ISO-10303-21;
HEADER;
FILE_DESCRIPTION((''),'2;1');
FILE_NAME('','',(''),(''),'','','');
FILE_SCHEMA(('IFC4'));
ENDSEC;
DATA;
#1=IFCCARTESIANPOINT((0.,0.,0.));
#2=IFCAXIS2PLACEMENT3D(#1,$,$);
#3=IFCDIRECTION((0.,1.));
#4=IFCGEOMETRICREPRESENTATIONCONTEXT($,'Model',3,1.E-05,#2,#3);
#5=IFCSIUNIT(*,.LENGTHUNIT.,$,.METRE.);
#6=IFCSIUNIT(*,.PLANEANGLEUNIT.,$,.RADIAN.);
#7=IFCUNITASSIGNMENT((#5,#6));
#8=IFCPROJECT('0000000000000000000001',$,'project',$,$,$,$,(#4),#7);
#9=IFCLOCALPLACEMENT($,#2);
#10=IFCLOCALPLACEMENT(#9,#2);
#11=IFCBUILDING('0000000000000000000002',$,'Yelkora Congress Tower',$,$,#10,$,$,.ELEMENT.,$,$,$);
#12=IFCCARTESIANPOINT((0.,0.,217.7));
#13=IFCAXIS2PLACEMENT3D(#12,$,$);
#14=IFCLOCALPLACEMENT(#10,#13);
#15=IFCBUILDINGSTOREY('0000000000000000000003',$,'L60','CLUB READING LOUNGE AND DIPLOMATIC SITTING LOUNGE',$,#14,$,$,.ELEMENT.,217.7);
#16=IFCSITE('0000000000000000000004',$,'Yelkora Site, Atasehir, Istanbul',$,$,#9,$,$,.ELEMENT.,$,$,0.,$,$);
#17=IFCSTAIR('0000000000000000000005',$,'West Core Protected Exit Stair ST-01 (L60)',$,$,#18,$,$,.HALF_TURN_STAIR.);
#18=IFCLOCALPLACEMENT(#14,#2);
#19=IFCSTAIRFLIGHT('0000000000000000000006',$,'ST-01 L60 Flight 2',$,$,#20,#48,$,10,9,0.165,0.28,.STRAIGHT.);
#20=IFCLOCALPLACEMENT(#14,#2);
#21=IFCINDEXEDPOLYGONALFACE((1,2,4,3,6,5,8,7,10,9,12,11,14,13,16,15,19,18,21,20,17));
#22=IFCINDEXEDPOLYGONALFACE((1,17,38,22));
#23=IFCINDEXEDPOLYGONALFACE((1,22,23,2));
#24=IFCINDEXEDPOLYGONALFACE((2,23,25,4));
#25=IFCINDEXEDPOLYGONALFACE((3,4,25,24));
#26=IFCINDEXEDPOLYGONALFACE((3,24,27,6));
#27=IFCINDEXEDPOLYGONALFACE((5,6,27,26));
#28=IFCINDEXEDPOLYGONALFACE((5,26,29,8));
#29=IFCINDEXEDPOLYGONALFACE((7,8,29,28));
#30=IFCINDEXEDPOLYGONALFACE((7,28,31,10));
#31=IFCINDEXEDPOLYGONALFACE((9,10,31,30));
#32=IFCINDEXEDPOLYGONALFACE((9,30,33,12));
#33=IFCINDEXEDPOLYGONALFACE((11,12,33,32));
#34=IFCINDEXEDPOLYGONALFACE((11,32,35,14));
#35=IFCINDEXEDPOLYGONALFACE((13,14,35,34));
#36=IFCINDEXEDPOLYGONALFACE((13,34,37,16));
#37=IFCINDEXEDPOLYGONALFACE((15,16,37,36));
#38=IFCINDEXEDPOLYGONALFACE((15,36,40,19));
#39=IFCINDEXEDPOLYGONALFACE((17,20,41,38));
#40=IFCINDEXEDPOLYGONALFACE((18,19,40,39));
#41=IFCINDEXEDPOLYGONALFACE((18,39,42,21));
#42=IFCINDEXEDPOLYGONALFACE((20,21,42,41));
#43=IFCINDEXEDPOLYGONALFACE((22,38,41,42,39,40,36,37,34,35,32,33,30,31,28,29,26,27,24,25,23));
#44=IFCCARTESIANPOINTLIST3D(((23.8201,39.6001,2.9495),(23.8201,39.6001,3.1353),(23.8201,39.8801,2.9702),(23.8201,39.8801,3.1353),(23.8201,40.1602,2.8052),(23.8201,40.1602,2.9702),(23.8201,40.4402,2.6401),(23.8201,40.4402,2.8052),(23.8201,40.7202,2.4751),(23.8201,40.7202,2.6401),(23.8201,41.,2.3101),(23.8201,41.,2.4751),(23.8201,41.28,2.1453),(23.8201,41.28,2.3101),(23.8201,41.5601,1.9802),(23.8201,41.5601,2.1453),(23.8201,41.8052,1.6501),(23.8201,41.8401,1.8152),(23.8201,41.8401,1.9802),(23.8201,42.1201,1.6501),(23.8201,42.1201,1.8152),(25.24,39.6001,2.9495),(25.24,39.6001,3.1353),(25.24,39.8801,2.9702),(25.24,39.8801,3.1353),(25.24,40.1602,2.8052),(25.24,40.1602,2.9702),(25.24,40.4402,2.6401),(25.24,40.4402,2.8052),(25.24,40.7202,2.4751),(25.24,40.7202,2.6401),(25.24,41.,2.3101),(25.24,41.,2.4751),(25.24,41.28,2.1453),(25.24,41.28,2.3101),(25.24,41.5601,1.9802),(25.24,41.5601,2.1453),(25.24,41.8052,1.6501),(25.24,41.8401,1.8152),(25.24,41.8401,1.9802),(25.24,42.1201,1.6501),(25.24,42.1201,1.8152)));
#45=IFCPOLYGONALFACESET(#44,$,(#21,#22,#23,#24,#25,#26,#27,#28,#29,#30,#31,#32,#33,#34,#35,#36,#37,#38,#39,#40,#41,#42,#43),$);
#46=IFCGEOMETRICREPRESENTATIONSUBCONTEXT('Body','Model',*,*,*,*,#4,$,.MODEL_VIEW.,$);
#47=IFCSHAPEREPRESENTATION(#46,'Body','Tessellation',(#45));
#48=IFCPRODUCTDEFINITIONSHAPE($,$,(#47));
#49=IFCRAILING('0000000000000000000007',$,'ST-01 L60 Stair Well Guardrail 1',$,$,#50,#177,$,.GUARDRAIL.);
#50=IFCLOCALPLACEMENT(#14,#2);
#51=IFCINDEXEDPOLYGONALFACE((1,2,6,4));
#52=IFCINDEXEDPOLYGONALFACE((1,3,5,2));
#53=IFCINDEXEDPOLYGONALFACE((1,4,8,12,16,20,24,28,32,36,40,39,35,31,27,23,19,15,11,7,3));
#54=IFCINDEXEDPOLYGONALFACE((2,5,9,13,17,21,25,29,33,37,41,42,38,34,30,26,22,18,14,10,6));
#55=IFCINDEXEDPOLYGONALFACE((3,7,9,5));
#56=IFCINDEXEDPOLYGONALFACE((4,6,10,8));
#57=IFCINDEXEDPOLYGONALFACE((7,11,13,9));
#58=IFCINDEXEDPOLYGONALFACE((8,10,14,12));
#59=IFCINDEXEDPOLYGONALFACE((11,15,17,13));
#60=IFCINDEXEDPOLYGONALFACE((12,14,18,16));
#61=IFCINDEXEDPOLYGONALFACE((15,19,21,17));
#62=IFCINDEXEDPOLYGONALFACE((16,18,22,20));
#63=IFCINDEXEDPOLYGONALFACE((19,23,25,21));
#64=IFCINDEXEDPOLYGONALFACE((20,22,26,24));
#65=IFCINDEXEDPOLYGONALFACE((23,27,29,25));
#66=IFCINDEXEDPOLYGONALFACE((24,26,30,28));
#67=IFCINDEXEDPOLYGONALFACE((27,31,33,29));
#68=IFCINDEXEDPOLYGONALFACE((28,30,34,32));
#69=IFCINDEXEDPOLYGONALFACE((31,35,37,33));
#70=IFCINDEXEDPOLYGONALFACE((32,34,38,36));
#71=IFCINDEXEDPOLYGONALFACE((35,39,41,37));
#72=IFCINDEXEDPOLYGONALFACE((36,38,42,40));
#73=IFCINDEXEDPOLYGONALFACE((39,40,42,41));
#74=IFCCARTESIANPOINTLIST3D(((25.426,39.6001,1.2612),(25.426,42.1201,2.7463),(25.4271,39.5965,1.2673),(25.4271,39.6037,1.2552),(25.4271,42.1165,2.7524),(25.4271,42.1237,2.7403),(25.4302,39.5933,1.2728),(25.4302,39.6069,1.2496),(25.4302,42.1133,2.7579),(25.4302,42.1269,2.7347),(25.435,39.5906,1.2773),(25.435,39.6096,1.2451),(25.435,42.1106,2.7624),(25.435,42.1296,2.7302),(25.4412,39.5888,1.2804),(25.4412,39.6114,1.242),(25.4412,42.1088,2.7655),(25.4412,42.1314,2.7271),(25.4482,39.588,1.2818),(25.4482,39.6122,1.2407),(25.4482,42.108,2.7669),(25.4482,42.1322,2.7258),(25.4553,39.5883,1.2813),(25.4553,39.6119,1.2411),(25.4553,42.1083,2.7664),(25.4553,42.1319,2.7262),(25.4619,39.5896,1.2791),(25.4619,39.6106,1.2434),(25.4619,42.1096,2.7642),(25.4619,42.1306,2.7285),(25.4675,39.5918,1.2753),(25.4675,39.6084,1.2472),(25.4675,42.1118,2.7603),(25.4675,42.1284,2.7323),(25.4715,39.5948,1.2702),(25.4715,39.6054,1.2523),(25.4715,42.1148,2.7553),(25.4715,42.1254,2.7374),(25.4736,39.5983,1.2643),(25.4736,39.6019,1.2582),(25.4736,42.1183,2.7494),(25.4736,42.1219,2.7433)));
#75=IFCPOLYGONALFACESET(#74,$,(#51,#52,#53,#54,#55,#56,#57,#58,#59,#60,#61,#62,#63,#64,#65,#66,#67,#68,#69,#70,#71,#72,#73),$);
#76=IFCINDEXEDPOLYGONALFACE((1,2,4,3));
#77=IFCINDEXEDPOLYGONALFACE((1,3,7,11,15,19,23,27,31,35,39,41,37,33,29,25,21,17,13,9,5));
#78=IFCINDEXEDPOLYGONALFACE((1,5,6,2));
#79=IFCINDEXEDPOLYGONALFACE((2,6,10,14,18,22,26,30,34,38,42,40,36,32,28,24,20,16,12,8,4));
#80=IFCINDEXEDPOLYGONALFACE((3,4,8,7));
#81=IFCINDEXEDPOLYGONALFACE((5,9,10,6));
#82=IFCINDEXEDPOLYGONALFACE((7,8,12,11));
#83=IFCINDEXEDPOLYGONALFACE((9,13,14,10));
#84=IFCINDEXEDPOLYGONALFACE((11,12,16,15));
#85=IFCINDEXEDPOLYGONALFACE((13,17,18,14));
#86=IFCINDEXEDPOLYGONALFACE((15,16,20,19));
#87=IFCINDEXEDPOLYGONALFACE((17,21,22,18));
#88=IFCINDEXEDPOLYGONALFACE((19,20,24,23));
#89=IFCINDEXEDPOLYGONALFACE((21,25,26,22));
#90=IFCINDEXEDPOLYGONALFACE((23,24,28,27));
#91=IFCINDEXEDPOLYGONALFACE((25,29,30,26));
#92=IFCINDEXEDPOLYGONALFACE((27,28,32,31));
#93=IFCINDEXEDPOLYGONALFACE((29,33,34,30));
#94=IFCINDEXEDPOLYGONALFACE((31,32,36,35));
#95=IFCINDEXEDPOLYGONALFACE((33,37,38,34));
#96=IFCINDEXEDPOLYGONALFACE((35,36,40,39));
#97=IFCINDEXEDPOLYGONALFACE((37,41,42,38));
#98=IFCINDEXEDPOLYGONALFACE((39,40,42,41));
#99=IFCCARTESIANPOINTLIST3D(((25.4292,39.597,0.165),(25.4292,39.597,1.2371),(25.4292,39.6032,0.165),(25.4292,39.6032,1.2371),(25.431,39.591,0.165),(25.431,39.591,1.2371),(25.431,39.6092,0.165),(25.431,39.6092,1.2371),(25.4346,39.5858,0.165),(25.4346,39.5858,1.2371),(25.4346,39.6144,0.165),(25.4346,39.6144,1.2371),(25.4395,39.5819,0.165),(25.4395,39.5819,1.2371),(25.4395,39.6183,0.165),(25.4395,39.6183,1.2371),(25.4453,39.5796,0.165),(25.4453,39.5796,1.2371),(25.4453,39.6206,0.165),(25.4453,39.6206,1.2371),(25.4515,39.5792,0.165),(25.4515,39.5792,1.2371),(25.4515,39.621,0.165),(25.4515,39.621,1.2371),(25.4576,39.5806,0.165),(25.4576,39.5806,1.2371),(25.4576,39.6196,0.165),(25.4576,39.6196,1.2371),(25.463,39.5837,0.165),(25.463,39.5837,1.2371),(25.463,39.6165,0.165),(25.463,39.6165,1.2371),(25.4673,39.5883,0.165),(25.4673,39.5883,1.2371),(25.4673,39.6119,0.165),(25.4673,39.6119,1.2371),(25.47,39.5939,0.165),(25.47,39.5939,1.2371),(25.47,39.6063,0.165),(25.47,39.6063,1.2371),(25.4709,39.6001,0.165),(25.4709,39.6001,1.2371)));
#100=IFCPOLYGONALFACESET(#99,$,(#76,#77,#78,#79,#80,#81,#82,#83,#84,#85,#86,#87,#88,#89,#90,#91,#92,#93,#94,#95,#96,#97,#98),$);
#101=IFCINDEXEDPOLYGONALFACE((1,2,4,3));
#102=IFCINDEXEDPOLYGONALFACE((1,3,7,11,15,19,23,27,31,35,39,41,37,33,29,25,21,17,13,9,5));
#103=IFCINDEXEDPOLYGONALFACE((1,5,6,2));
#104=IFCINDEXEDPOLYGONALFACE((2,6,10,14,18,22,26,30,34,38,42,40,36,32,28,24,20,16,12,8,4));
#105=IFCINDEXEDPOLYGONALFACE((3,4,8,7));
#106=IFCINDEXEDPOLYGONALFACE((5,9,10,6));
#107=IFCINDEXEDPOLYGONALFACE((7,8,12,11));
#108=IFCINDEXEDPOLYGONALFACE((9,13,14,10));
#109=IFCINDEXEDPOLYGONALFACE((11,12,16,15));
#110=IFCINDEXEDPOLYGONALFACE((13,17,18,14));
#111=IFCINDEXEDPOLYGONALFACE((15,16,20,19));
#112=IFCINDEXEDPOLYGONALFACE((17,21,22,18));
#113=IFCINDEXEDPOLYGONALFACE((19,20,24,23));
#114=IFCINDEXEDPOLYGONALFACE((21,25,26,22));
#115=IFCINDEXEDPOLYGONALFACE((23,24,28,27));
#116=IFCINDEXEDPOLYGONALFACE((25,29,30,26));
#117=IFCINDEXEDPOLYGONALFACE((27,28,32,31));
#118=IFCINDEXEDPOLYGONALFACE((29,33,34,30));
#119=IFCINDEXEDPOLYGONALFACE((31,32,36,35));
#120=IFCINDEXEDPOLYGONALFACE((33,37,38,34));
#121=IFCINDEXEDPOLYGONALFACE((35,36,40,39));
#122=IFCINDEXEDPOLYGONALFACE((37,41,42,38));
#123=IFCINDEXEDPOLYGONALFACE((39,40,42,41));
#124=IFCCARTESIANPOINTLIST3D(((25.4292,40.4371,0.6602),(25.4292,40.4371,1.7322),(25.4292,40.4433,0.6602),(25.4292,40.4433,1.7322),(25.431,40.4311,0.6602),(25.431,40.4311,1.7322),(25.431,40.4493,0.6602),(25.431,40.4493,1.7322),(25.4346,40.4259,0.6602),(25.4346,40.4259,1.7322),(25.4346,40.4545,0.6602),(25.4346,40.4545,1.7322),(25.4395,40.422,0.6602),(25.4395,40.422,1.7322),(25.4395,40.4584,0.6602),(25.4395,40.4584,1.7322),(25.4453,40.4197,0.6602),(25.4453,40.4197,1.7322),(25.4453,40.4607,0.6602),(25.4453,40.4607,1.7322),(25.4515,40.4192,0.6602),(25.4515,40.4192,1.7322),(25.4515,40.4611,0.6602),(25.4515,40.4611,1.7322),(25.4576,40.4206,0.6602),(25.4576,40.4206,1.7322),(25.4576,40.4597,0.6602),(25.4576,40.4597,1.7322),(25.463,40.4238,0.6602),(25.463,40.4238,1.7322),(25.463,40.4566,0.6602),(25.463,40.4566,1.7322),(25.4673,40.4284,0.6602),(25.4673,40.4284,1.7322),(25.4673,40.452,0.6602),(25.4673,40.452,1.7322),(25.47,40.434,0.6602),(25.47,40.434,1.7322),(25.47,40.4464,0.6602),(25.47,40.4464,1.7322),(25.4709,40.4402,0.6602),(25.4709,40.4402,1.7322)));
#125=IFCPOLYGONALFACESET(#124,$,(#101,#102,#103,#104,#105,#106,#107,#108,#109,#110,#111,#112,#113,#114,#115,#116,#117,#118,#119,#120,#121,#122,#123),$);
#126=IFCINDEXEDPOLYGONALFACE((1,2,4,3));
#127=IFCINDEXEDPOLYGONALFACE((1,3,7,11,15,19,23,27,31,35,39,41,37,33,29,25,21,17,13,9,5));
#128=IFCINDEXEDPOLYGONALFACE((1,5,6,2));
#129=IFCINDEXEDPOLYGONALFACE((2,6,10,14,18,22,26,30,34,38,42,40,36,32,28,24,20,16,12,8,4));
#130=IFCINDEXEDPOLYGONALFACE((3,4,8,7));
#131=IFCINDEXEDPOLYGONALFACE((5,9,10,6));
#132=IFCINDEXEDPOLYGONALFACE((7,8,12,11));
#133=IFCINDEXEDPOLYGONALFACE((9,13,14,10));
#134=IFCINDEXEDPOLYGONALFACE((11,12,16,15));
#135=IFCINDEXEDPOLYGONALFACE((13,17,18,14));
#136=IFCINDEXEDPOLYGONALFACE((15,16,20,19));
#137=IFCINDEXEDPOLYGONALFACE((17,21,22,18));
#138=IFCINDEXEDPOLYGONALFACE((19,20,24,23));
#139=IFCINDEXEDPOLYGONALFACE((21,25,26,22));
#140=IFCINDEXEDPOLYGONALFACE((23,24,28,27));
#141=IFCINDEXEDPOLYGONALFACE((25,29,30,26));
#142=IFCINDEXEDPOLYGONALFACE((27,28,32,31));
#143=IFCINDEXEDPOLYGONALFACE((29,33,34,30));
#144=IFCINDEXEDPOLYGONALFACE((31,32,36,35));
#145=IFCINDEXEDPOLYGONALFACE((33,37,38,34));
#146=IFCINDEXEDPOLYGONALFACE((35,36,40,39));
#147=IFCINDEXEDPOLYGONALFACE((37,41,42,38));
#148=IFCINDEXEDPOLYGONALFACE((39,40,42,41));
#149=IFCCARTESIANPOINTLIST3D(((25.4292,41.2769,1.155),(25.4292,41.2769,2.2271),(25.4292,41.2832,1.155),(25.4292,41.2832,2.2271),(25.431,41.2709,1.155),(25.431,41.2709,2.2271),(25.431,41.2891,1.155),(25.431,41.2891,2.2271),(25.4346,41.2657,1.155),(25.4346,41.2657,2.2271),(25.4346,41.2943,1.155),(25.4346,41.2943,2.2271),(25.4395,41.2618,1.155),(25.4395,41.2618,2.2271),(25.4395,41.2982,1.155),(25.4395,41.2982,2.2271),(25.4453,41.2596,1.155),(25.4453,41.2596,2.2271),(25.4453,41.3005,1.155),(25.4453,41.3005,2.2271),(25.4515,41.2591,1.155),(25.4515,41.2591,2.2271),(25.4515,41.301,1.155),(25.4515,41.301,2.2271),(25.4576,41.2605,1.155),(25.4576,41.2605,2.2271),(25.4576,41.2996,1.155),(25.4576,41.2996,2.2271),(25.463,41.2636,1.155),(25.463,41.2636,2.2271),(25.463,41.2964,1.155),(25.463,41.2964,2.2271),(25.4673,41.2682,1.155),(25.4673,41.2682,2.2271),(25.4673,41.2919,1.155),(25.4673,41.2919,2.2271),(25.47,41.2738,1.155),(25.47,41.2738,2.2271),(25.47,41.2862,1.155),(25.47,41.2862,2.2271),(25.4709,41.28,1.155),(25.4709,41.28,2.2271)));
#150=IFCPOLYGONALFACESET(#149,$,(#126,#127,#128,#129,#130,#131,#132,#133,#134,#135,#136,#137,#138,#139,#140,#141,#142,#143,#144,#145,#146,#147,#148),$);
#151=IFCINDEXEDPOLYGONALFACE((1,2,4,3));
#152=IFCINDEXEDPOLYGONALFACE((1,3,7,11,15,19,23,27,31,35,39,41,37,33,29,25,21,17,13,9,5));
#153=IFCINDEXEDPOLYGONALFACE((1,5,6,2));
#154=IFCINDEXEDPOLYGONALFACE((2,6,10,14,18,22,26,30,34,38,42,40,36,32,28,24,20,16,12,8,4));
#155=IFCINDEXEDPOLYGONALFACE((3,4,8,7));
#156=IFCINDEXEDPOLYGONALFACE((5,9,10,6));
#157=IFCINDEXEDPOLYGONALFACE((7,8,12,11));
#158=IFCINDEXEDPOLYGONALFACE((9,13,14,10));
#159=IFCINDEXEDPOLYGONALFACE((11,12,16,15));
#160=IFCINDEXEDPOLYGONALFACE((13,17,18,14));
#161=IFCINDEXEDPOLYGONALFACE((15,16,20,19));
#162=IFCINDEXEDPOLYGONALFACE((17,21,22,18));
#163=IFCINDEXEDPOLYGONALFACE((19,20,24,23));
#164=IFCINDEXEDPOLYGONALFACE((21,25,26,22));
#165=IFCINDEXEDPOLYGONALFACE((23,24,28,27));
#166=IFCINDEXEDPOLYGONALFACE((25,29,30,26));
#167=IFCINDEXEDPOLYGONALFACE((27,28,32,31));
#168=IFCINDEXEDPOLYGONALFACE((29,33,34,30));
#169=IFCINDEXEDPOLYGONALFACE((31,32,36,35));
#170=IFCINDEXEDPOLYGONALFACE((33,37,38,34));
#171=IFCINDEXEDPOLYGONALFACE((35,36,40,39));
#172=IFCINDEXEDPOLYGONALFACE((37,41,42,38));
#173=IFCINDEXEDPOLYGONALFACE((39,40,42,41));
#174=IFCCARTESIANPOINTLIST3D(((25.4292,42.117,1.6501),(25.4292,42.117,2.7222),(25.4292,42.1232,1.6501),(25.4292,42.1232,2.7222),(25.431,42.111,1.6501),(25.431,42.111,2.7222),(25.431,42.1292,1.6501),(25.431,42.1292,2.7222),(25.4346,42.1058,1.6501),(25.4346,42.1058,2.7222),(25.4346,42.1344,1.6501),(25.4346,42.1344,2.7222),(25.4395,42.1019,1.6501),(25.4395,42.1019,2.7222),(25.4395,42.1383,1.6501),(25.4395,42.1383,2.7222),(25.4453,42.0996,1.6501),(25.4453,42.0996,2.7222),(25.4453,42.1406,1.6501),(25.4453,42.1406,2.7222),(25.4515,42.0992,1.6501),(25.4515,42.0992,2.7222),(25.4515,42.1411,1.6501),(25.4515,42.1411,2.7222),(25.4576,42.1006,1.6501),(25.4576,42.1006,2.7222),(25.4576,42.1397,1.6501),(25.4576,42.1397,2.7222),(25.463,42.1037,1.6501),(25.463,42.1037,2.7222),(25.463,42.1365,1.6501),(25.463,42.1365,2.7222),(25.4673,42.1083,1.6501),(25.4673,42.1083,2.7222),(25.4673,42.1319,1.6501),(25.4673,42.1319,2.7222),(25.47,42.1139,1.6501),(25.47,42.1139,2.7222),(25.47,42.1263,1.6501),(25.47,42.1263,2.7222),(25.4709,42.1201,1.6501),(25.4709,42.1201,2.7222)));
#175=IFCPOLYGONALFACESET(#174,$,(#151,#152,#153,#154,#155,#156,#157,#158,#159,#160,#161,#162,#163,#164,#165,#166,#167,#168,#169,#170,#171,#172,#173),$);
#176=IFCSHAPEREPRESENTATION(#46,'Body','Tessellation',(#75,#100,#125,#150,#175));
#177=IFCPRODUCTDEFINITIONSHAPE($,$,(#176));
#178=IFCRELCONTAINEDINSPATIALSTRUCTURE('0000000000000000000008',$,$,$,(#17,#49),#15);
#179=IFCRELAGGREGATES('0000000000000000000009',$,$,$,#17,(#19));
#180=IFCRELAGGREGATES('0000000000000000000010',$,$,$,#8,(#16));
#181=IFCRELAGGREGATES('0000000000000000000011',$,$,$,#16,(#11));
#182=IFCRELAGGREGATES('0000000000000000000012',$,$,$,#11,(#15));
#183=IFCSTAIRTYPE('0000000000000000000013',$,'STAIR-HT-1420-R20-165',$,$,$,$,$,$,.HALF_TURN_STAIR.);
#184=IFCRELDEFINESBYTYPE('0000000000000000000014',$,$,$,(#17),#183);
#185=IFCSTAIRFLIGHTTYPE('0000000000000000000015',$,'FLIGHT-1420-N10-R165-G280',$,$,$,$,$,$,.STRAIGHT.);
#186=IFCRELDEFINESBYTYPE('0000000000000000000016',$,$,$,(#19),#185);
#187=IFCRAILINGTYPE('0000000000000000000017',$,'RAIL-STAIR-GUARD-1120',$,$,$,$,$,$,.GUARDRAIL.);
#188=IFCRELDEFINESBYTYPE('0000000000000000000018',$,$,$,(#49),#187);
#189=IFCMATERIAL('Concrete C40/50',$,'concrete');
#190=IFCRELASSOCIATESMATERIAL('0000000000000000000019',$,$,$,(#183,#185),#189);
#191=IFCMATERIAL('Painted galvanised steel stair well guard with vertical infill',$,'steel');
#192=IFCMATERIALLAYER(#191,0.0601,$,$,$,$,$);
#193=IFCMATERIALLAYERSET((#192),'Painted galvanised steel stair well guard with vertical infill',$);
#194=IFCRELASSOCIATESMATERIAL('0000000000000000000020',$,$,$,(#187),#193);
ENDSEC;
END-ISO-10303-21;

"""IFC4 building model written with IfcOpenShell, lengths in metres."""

from ifc_helpers import new_model, si_unit, direction, frame, origin, origin_2d, place, context, subcontext, project, spatial, polyline, circle, outline, extrude, material, layer, layer_set, type_object, element, aggregate, save


model = new_model("IFC4")

# Units and contexts
model_context = context("Model", 3, precision=1e-05, world=origin(), true_north=direction((0.0, 1.0)))
body_context = subcontext(model_context, "Body", "Model", "MODEL_VIEW")
ifc_project = project(units=[si_unit("LENGTHUNIT", "METRE"), si_unit("PLANEANGLEUNIT", "RADIAN")], contexts=[model_context])

# Site, building, storey
site_placement = place(None, origin())
site = spatial("IfcSite", under=ifc_project, at=site_placement, Name="Yelkora Site, Atasehir, Istanbul", CompositionType="ELEMENT", RefElevation=0.0)
building_placement = place(site_placement, origin())
building = spatial("IfcBuilding", under=site, at=building_placement, Name="Yelkora Congress Tower", CompositionType="ELEMENT")
storey_placement = place(building_placement, frame((0.0, 0.0, 217.7)))
storey = spatial("IfcBuildingStorey", under=building, at=storey_placement, Name="L60", Description="CLUB READING LOUNGE AND DIPLOMATIC SITTING LOUNGE", CompositionType="ELEMENT", Elevation=217.7)

# Stair, stair flight
ifc_material_1 = material(Name="Concrete C40/50", Category="concrete")
stair_type = type_object("IfcStairType", Name="STAIR-HT-1420-R20-165", PredefinedType="HALF_TURN_STAIR", material=ifc_material_1)
stair_placement = place(storey_placement, origin())
stair = element("IfcStair", 1, at=stair_placement, inside=storey, type_object=stair_type, Name="West Core Protected Exit Stair ST-01 (L60)", PredefinedType="HALF_TURN_STAIR")
stair_flight_type = type_object("IfcStairFlightType", Name="FLIGHT-1420-N10-R165-G280", PredefinedType="STRAIGHT", material=ifc_material_1)
stair_flight_1_placement = place(storey_placement, frame((24.53, 42.1201, 1.6501), z_axis=(0.0, 0.0, 1.0), x_axis=(0.0, -1.0, 0.0)))
stair_flight_1 = element("IfcStairFlight", 2, at=stair_flight_1_placement, type_object=stair_flight_type, Name="ST-01 L60 Flight 2", NumberOfRisers=10, NumberOfTreads=9, PredefinedType="STRAIGHT", RiserHeight=0.165, TreadLength=0.28, context=body_context, shape_type="SweptSolid", body=[
    extrude(outline(polyline([(0.0, 0.0), (0.0, 0.165), (0.28, 0.165), (0.28, 0.3301), (0.5601, 0.3301), (0.5601, 0.4951), (0.8401, 0.4951), (0.8401, 0.6599), (1.1201, 0.6599), (1.1201, 0.825), (1.3999, 0.825), (1.3999, 0.99), (1.6799, 0.99), (1.6799, 1.155), (1.96, 1.155), (1.96, 1.3201), (2.24, 1.3201), (2.24, 1.4851), (2.52, 1.4851), (2.52, 1.6499), (2.52, 1.2993), (0.3149, 0.0), (0.0, 0.0)])), frame((0.0, 0.71, 0.0), z_axis=(0.0, -1.0, 0.0), x_axis=(1.0, 0.0, 0.0)), (0.0, 0.0, 1.0), 1.4199),
])
aggregate(stair, [stair_flight_1])

# Railing
ifc_material_2 = material(Name="Painted galvanised steel stair well guard with vertical infill", Category="steel")
ifc_layer_1 = layer(ifc_material_2, 0.0601)
ifc_layer_set_1 = layer_set([ifc_layer_1], Name="Painted galvanised steel stair well guard with vertical infill")
railing_type_1 = type_object("IfcRailingType", Name="RAIL-STAIR-GUARD-1120", PredefinedType="GUARDRAIL", material=ifc_layer_set_1)
railing_1_placement = place(storey_placement, frame((25.45, 39.6001, 0.165)))
element("IfcRailing", 3, at=railing_1_placement, inside=storey, type_object=railing_type_1, Name="ST-01 L60 Stair Well Guardrail 1", PredefinedType="GUARDRAIL", context=body_context, shape_type="SweptSolid", body=[
    extrude(circle(Radius=0.0239, at=origin_2d()), frame((0.0, 0.0, 1.0962), z_axis=(0.0, 0.861524, 0.507717), x_axis=(-1.0, 0.0, 0.0)), (0.0, 0.0, 1.0), 2.925),
    extrude(circle(Radius=0.021, at=origin_2d()), origin(), (0.0, 0.0, 1.0), 1.072),
    extrude(circle(Radius=0.021, at=origin_2d()), frame((0.0, 0.8401, 0.4951)), (0.0, 0.0, 1.0), 1.072),
    extrude(circle(Radius=0.021, at=origin_2d()), frame((0.0, 1.6799, 0.99)), (0.0, 0.0, 1.0), 1.072),
    extrude(circle(Radius=0.021, at=origin_2d()), frame((0.0, 2.52, 1.4851)), (0.0, 0.0, 1.0), 1.072),
])

save(model, "model.ifc")
